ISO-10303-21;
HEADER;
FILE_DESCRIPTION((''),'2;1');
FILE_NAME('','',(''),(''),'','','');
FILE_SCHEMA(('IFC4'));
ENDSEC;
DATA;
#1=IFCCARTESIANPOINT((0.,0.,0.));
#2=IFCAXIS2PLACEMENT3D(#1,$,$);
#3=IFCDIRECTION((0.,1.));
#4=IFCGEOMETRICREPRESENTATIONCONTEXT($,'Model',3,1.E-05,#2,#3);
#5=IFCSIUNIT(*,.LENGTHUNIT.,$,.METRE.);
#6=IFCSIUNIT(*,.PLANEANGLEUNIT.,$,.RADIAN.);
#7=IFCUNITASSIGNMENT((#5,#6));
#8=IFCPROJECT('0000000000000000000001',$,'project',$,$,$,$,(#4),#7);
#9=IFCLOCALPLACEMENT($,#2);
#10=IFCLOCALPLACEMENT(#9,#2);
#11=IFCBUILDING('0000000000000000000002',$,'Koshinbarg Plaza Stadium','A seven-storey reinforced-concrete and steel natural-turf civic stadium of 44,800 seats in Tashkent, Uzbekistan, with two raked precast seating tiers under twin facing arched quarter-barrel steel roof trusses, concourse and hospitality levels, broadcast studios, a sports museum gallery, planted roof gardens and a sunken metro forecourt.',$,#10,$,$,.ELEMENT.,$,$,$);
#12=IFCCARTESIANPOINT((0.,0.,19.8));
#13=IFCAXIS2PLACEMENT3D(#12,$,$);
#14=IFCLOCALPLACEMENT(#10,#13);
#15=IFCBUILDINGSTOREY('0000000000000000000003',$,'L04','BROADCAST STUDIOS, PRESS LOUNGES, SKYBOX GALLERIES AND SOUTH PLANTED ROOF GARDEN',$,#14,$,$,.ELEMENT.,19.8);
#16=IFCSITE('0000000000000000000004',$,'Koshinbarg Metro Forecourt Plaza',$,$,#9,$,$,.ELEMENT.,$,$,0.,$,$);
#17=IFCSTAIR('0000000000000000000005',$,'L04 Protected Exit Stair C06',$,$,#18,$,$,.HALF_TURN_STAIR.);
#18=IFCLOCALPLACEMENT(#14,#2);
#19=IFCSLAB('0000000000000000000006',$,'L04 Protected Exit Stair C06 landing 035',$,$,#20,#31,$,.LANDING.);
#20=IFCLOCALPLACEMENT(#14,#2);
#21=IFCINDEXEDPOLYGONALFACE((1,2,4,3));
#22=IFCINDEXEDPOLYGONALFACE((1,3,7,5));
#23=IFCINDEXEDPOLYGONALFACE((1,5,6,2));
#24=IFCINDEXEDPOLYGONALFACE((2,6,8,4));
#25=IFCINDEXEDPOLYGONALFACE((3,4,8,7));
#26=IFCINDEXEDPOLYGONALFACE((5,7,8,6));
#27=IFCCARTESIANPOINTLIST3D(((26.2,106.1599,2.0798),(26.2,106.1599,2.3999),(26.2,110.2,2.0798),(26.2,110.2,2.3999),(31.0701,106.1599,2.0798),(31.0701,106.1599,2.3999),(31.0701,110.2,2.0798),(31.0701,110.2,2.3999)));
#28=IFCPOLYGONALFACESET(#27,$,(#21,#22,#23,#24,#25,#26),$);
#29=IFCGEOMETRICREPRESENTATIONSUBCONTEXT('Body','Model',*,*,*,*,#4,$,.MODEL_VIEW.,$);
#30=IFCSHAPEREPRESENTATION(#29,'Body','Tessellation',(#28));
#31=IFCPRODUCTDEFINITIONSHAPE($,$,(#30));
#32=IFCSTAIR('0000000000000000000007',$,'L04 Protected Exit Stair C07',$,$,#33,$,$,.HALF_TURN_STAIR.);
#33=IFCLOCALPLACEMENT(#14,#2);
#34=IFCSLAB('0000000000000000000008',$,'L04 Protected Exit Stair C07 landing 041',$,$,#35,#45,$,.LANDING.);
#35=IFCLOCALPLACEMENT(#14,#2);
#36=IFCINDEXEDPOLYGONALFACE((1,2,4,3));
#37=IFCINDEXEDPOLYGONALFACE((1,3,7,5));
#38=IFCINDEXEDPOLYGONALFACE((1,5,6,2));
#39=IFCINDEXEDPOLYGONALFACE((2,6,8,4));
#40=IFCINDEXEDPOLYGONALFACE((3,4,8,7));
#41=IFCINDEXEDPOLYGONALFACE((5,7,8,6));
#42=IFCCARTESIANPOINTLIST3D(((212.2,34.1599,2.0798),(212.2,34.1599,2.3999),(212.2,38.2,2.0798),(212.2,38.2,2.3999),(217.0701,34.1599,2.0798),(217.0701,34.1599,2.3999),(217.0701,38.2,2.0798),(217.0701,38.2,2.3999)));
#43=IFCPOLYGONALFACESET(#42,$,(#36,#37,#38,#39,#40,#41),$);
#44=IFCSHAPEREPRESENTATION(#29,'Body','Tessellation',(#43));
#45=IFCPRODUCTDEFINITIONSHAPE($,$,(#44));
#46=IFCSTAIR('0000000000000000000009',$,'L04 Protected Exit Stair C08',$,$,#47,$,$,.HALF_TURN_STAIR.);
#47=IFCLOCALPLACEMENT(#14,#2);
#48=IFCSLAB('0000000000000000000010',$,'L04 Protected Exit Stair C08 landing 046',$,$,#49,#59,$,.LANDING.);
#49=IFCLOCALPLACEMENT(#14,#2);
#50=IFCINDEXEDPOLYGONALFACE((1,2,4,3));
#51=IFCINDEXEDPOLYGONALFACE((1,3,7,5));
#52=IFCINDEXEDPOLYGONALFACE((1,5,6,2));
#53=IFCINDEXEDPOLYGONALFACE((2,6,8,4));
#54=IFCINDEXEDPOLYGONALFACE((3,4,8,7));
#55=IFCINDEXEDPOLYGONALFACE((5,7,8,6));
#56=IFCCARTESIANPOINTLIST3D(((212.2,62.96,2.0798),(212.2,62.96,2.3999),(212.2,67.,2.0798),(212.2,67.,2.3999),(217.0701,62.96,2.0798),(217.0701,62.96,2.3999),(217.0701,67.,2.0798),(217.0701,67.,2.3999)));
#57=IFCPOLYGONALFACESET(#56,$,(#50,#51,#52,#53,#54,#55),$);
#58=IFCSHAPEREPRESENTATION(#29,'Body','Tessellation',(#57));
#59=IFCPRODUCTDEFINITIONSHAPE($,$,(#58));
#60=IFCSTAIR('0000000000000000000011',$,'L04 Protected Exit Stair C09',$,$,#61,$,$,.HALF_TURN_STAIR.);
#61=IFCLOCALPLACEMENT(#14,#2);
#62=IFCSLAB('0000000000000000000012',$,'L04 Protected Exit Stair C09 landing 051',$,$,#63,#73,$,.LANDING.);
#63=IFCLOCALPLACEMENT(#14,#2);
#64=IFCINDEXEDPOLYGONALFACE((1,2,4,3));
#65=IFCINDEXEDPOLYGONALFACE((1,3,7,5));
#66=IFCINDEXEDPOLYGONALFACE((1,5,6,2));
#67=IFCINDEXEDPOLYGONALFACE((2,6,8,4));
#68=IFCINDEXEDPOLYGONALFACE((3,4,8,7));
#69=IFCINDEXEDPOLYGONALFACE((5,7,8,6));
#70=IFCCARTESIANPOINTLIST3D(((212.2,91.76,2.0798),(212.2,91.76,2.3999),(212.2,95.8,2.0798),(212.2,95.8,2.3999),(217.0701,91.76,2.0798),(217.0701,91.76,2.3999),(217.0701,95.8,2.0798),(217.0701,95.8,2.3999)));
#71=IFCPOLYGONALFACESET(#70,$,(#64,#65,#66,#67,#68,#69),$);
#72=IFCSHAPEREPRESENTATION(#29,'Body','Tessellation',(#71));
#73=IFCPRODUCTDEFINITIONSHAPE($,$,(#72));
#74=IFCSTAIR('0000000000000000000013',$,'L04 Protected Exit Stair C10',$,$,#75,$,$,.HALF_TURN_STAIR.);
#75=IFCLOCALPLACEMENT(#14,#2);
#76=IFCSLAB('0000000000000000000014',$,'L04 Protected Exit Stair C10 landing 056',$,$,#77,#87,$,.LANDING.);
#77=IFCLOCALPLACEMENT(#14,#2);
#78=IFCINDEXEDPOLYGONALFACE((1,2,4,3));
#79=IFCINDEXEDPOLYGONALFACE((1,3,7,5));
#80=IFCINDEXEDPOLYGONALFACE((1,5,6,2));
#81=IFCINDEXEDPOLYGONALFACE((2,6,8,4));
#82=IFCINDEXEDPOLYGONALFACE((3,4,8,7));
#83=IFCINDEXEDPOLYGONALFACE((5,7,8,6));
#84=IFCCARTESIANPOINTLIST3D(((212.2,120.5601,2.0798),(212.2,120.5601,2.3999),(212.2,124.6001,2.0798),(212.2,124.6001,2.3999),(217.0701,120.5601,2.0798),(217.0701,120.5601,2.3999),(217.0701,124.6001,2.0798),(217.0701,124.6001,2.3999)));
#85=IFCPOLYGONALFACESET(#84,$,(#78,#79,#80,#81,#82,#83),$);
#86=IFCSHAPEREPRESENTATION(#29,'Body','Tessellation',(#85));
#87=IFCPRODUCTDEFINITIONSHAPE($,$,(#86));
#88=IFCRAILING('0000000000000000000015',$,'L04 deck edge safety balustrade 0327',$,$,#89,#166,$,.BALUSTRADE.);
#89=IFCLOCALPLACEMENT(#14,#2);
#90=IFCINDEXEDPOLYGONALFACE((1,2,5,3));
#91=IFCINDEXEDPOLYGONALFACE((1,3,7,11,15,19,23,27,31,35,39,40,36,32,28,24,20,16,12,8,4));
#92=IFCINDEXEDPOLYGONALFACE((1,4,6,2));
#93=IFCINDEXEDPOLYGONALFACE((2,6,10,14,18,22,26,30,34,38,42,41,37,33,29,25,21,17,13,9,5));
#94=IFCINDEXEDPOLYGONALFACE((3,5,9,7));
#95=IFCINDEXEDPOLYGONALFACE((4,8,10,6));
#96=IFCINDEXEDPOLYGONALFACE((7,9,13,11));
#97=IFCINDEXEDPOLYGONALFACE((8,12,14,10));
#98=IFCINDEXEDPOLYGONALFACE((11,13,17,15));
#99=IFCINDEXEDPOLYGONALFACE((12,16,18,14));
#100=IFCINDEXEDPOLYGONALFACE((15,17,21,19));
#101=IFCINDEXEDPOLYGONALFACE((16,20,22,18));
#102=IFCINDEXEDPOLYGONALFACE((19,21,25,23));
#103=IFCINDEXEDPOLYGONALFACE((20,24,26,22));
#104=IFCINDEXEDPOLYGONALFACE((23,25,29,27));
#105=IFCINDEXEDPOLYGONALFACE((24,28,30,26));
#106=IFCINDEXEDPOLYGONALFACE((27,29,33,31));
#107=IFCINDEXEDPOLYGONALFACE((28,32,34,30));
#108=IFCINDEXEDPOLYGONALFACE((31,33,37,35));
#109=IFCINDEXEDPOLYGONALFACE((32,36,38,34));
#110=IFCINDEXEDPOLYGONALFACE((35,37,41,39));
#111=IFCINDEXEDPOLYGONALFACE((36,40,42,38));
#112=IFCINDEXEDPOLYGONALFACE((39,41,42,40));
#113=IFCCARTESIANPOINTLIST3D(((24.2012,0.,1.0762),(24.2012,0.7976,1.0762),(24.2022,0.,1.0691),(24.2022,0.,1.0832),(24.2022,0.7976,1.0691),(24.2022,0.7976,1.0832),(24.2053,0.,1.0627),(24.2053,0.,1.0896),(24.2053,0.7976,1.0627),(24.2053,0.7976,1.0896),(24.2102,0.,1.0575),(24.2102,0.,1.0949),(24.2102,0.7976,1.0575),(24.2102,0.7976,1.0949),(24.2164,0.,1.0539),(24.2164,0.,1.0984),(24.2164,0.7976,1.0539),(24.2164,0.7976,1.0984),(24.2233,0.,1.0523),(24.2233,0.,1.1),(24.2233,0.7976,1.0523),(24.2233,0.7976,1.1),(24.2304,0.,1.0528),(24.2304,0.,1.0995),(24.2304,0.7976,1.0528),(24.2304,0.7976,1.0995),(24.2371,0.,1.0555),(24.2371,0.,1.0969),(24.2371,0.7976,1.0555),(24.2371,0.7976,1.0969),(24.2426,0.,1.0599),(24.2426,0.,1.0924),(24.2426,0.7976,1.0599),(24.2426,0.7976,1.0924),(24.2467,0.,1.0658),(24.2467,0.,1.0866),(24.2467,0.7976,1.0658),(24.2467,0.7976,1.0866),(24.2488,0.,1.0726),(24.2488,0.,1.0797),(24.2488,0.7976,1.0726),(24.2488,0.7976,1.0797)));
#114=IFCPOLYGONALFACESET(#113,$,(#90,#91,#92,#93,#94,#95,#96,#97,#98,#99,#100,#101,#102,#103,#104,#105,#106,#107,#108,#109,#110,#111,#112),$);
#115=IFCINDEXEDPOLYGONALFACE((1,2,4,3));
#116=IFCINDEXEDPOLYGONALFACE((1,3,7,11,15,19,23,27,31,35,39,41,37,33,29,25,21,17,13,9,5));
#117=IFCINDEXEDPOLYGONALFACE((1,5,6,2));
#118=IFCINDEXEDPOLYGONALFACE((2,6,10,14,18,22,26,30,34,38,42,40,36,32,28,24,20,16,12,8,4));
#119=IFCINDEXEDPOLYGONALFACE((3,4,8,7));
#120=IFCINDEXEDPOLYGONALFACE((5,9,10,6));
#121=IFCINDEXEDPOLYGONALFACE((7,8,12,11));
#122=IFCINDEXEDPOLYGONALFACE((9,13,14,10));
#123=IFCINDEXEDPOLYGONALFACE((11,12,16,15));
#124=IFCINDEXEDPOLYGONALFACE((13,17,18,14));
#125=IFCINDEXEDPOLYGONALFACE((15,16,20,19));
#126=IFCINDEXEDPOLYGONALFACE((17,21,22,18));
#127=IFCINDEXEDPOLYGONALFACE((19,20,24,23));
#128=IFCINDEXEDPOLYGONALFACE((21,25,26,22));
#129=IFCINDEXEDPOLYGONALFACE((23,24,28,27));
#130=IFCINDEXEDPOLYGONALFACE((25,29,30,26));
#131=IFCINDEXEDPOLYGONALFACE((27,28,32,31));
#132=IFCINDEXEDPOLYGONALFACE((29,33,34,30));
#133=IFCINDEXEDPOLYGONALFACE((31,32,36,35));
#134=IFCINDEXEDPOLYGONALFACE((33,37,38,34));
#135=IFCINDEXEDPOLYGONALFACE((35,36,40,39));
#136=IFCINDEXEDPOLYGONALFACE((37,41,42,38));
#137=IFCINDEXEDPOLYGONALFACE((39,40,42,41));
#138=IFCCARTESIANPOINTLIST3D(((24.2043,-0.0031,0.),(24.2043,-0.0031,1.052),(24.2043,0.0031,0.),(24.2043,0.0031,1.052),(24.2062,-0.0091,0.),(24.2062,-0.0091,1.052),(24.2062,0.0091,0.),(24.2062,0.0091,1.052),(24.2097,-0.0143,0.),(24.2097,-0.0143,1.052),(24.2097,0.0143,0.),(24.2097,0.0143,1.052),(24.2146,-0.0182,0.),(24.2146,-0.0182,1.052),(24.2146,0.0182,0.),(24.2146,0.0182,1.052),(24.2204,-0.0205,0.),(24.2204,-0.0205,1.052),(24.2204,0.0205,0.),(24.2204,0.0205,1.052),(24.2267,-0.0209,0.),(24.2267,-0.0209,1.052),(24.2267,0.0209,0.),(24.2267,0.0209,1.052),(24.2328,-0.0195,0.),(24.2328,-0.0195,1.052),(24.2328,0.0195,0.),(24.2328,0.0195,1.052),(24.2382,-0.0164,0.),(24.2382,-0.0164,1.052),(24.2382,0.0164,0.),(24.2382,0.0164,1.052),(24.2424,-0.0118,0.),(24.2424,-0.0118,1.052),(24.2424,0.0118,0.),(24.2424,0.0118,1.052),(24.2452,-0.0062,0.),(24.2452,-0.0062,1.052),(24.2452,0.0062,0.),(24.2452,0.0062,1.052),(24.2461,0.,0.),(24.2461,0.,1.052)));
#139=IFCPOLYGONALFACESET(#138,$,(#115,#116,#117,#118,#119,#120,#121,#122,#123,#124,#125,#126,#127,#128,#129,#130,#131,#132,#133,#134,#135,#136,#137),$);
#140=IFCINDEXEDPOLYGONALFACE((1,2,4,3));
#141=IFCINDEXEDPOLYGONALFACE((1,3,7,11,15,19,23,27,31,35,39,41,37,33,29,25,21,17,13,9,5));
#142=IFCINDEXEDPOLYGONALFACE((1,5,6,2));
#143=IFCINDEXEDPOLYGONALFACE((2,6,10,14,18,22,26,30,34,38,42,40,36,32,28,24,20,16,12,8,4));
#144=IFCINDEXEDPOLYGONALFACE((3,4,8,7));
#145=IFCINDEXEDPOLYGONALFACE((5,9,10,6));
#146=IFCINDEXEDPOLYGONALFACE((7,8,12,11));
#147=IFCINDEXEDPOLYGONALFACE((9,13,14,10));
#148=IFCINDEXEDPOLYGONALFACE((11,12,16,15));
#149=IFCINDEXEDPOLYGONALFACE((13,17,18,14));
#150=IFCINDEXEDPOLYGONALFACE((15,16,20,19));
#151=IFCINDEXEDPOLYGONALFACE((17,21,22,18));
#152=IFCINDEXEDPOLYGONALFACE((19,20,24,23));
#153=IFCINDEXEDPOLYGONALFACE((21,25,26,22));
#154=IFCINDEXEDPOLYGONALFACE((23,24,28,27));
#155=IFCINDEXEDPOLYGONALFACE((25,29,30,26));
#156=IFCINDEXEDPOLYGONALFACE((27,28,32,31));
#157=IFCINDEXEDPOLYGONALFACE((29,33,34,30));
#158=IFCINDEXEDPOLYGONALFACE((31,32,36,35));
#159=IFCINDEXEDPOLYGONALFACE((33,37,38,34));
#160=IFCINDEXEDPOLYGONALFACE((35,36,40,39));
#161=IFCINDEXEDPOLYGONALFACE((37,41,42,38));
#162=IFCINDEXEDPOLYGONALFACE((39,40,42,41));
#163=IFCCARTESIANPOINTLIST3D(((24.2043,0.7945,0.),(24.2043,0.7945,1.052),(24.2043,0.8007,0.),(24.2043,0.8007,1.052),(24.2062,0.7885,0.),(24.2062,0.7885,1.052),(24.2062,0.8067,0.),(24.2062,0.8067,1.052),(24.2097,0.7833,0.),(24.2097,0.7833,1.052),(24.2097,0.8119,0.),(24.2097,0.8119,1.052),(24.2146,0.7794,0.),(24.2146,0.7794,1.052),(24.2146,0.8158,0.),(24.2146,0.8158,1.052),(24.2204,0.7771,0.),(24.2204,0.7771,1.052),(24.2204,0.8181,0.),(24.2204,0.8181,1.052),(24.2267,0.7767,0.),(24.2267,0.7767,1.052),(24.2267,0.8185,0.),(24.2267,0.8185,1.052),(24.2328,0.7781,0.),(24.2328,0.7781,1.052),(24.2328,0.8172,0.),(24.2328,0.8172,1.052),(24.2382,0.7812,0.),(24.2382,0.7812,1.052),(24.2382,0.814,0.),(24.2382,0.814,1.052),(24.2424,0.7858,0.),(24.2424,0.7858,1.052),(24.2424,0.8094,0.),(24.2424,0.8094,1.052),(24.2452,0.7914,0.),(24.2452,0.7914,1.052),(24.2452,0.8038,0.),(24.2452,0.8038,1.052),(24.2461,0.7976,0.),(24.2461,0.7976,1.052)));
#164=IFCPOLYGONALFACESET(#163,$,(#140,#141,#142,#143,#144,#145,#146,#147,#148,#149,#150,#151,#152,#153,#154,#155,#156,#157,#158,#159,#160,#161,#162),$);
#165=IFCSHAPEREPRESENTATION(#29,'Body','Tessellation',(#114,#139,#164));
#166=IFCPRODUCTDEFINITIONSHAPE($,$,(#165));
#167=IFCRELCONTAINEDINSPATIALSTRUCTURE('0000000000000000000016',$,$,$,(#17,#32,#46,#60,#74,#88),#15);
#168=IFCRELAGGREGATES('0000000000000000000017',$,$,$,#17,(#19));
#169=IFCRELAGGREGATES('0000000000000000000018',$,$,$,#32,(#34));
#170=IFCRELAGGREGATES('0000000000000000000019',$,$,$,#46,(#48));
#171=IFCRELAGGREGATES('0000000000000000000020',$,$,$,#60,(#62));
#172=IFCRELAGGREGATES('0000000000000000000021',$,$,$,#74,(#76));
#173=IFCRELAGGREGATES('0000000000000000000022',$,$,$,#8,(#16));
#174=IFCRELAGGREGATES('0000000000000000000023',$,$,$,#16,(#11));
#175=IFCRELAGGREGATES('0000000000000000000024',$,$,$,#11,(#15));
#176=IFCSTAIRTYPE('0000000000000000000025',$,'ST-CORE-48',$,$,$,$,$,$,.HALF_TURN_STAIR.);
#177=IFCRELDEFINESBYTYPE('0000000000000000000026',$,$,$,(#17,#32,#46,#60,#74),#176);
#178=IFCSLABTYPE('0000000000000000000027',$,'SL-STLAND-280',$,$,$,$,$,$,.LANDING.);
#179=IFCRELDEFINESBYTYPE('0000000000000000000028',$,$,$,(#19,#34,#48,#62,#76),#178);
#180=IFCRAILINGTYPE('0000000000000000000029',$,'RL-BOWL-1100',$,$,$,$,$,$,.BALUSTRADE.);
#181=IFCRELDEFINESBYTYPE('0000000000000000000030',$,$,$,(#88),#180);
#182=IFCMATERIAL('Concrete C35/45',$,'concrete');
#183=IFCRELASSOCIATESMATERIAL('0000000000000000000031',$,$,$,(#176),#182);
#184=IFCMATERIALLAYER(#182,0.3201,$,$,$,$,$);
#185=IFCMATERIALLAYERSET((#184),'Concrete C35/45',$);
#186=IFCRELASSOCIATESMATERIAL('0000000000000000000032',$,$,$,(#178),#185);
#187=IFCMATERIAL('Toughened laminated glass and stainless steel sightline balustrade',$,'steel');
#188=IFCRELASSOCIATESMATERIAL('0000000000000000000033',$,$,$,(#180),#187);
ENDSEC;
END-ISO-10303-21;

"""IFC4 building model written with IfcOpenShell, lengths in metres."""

from ifc_helpers import new_model, si_unit, direction, frame, origin, origin_2d, place, context, subcontext, project, spatial, polyline, circle, outline, extrude, material, layer, layer_set, type_object, element, aggregate, save


model = new_model("IFC4")

# Units and contexts
model_context = context("Model", 3, precision=1e-05, world=origin(), true_north=direction((0.0, 1.0)))
body_context = subcontext(model_context, "Body", "Model", "MODEL_VIEW")
ifc_project = project(units=[si_unit("LENGTHUNIT", "METRE"), si_unit("PLANEANGLEUNIT", "RADIAN")], contexts=[model_context])

# Site, building, storey
site_placement = place(None, origin())
site = spatial("IfcSite", under=ifc_project, at=site_placement, Name="Koshinbarg Metro Forecourt Plaza", CompositionType="ELEMENT", RefElevation=0.0)
building_placement = place(site_placement, origin())
building = spatial("IfcBuilding", under=site, at=building_placement, Name="Koshinbarg Plaza Stadium", Description="A seven-storey reinforced-concrete and steel natural-turf civic stadium of 44,800 seats in Tashkent, Uzbekistan, with two raked precast seating tiers under twin facing arched quarter-barrel steel roof trusses, concourse and hospitality levels, broadcast studios, a sports museum gallery, planted roof gardens and a sunken metro forecourt.", CompositionType="ELEMENT")
storey_placement = place(building_placement, frame((0.0, 0.0, 19.8)))
storey = spatial("IfcBuildingStorey", under=building, at=storey_placement, Name="L04", Description="BROADCAST STUDIOS, PRESS LOUNGES, SKYBOX GALLERIES AND SOUTH PLANTED ROOF GARDEN", CompositionType="ELEMENT", Elevation=19.8)

# Stairs, slabs
ifc_material_1 = material(Name="Concrete C35/45", Category="concrete")
stair_type = type_object("IfcStairType", Name="ST-CORE-48", PredefinedType="HALF_TURN_STAIR", material=ifc_material_1)
ifc_layer_1 = layer(ifc_material_1, 0.3201)
ifc_layer_set_1 = layer_set([ifc_layer_1], Name="Concrete C35/45")
slab_type = type_object("IfcSlabType", Name="SL-STLAND-280", PredefinedType="LANDING", material=ifc_layer_set_1)
stair_1_placement = place(storey_placement, origin())
stair_1 = element("IfcStair", 1, at=stair_1_placement, inside=storey, type_object=stair_type, Name="L04 Protected Exit Stair C06", PredefinedType="HALF_TURN_STAIR")
slab_1_placement = place(storey_placement, frame((0.0, 0.0, 2.0798)))
slab_1 = element("IfcSlab", 2, at=slab_1_placement, type_object=slab_type, Name="L04 Protected Exit Stair C06 landing 035", PredefinedType="LANDING", context=body_context, shape_type="SweptSolid", body=[
    extrude(outline(polyline([(31.0701, 106.1599), (31.0701, 110.2), (26.2, 110.2), (26.2, 106.1599), (31.0701, 106.1599)])), origin(), (0.0, 0.0, 1.0), 0.3201),
])
aggregate(stair_1, [slab_1])
stair_2_placement = place(storey_placement, origin())
stair_2 = element("IfcStair", 3, at=stair_2_placement, inside=storey, type_object=stair_type, Name="L04 Protected Exit Stair C07", PredefinedType="HALF_TURN_STAIR")
slab_2_placement = place(storey_placement, frame((0.0, 0.0, 2.0798)))
slab_2 = element("IfcSlab", 4, at=slab_2_placement, type_object=slab_type, Name="L04 Protected Exit Stair C07 landing 041", PredefinedType="LANDING", context=body_context, shape_type="SweptSolid", body=[
    extrude(outline(polyline([(217.0701, 34.1599), (217.0701, 38.2), (212.2, 38.2), (212.2, 34.1599), (217.0701, 34.1599)])), origin(), (0.0, 0.0, 1.0), 0.3201),
])
aggregate(stair_2, [slab_2])
stair_3_placement = place(storey_placement, origin())
stair_3 = element("IfcStair", 5, at=stair_3_placement, inside=storey, type_object=stair_type, Name="L04 Protected Exit Stair C08", PredefinedType="HALF_TURN_STAIR")
slab_3_placement = place(storey_placement, frame((0.0, 0.0, 2.0798)))
slab_3 = element("IfcSlab", 6, at=slab_3_placement, type_object=slab_type, Name="L04 Protected Exit Stair C08 landing 046", PredefinedType="LANDING", context=body_context, shape_type="SweptSolid", body=[
    extrude(outline(polyline([(217.0701, 62.96), (217.0701, 67.0), (212.2, 67.0), (212.2, 62.96), (217.0701, 62.96)])), origin(), (0.0, 0.0, 1.0), 0.3201),
])
aggregate(stair_3, [slab_3])
stair_4_placement = place(storey_placement, origin())
stair_4 = element("IfcStair", 7, at=stair_4_placement, inside=storey, type_object=stair_type, Name="L04 Protected Exit Stair C09", PredefinedType="HALF_TURN_STAIR")
slab_4_placement = place(storey_placement, frame((0.0, 0.0, 2.0798)))
slab_4 = element("IfcSlab", 8, at=slab_4_placement, type_object=slab_type, Name="L04 Protected Exit Stair C09 landing 051", PredefinedType="LANDING", context=body_context, shape_type="SweptSolid", body=[
    extrude(outline(polyline([(217.0701, 91.76), (217.0701, 95.8), (212.2, 95.8), (212.2, 91.76), (217.0701, 91.76)])), origin(), (0.0, 0.0, 1.0), 0.3201),
])
aggregate(stair_4, [slab_4])
stair_5_placement = place(storey_placement, origin())
stair_5 = element("IfcStair", 9, at=stair_5_placement, inside=storey, type_object=stair_type, Name="L04 Protected Exit Stair C10", PredefinedType="HALF_TURN_STAIR")
slab_5_placement = place(storey_placement, frame((0.0, 0.0, 2.0798)))
slab_5 = element("IfcSlab", 10, at=slab_5_placement, type_object=slab_type, Name="L04 Protected Exit Stair C10 landing 056", PredefinedType="LANDING", context=body_context, shape_type="SweptSolid", body=[
    extrude(outline(polyline([(217.0701, 120.5601), (217.0701, 124.6001), (212.2, 124.6001), (212.2, 120.5601), (217.0701, 120.5601)])), origin(), (0.0, 0.0, 1.0), 0.3201),
])
aggregate(stair_5, [slab_5])

# Railing
ifc_material_2 = material(Name="Toughened laminated glass and stainless steel sightline balustrade", Category="steel")
railing_type = type_object("IfcRailingType", Name="RL-BOWL-1100", PredefinedType="BALUSTRADE", material=ifc_material_2)
railing_placement = place(storey_placement, frame((24.2251, 0.0, 0.0)))
element("IfcRailing", 11, at=railing_placement, inside=storey, type_object=railing_type, Name="L04 deck edge safety balustrade 0327", PredefinedType="BALUSTRADE", context=body_context, shape_type="SweptSolid", body=[
    extrude(circle(Radius=0.0239, at=origin_2d()), frame((0.0, 0.0, 1.0762), z_axis=(0.0, 1.0, 0.0), x_axis=(-1.0, 0.0, 0.0)), (0.0, 0.0, 1.0), 0.7976),
    extrude(circle(Radius=0.021, at=origin_2d()), origin(), (0.0, 0.0, 1.0), 1.052),
    extrude(circle(Radius=0.021, at=origin_2d()), frame((0.0, 0.7976, 0.0)), (0.0, 0.0, 1.0), 1.052),
])

save(model, "model.ifc")
